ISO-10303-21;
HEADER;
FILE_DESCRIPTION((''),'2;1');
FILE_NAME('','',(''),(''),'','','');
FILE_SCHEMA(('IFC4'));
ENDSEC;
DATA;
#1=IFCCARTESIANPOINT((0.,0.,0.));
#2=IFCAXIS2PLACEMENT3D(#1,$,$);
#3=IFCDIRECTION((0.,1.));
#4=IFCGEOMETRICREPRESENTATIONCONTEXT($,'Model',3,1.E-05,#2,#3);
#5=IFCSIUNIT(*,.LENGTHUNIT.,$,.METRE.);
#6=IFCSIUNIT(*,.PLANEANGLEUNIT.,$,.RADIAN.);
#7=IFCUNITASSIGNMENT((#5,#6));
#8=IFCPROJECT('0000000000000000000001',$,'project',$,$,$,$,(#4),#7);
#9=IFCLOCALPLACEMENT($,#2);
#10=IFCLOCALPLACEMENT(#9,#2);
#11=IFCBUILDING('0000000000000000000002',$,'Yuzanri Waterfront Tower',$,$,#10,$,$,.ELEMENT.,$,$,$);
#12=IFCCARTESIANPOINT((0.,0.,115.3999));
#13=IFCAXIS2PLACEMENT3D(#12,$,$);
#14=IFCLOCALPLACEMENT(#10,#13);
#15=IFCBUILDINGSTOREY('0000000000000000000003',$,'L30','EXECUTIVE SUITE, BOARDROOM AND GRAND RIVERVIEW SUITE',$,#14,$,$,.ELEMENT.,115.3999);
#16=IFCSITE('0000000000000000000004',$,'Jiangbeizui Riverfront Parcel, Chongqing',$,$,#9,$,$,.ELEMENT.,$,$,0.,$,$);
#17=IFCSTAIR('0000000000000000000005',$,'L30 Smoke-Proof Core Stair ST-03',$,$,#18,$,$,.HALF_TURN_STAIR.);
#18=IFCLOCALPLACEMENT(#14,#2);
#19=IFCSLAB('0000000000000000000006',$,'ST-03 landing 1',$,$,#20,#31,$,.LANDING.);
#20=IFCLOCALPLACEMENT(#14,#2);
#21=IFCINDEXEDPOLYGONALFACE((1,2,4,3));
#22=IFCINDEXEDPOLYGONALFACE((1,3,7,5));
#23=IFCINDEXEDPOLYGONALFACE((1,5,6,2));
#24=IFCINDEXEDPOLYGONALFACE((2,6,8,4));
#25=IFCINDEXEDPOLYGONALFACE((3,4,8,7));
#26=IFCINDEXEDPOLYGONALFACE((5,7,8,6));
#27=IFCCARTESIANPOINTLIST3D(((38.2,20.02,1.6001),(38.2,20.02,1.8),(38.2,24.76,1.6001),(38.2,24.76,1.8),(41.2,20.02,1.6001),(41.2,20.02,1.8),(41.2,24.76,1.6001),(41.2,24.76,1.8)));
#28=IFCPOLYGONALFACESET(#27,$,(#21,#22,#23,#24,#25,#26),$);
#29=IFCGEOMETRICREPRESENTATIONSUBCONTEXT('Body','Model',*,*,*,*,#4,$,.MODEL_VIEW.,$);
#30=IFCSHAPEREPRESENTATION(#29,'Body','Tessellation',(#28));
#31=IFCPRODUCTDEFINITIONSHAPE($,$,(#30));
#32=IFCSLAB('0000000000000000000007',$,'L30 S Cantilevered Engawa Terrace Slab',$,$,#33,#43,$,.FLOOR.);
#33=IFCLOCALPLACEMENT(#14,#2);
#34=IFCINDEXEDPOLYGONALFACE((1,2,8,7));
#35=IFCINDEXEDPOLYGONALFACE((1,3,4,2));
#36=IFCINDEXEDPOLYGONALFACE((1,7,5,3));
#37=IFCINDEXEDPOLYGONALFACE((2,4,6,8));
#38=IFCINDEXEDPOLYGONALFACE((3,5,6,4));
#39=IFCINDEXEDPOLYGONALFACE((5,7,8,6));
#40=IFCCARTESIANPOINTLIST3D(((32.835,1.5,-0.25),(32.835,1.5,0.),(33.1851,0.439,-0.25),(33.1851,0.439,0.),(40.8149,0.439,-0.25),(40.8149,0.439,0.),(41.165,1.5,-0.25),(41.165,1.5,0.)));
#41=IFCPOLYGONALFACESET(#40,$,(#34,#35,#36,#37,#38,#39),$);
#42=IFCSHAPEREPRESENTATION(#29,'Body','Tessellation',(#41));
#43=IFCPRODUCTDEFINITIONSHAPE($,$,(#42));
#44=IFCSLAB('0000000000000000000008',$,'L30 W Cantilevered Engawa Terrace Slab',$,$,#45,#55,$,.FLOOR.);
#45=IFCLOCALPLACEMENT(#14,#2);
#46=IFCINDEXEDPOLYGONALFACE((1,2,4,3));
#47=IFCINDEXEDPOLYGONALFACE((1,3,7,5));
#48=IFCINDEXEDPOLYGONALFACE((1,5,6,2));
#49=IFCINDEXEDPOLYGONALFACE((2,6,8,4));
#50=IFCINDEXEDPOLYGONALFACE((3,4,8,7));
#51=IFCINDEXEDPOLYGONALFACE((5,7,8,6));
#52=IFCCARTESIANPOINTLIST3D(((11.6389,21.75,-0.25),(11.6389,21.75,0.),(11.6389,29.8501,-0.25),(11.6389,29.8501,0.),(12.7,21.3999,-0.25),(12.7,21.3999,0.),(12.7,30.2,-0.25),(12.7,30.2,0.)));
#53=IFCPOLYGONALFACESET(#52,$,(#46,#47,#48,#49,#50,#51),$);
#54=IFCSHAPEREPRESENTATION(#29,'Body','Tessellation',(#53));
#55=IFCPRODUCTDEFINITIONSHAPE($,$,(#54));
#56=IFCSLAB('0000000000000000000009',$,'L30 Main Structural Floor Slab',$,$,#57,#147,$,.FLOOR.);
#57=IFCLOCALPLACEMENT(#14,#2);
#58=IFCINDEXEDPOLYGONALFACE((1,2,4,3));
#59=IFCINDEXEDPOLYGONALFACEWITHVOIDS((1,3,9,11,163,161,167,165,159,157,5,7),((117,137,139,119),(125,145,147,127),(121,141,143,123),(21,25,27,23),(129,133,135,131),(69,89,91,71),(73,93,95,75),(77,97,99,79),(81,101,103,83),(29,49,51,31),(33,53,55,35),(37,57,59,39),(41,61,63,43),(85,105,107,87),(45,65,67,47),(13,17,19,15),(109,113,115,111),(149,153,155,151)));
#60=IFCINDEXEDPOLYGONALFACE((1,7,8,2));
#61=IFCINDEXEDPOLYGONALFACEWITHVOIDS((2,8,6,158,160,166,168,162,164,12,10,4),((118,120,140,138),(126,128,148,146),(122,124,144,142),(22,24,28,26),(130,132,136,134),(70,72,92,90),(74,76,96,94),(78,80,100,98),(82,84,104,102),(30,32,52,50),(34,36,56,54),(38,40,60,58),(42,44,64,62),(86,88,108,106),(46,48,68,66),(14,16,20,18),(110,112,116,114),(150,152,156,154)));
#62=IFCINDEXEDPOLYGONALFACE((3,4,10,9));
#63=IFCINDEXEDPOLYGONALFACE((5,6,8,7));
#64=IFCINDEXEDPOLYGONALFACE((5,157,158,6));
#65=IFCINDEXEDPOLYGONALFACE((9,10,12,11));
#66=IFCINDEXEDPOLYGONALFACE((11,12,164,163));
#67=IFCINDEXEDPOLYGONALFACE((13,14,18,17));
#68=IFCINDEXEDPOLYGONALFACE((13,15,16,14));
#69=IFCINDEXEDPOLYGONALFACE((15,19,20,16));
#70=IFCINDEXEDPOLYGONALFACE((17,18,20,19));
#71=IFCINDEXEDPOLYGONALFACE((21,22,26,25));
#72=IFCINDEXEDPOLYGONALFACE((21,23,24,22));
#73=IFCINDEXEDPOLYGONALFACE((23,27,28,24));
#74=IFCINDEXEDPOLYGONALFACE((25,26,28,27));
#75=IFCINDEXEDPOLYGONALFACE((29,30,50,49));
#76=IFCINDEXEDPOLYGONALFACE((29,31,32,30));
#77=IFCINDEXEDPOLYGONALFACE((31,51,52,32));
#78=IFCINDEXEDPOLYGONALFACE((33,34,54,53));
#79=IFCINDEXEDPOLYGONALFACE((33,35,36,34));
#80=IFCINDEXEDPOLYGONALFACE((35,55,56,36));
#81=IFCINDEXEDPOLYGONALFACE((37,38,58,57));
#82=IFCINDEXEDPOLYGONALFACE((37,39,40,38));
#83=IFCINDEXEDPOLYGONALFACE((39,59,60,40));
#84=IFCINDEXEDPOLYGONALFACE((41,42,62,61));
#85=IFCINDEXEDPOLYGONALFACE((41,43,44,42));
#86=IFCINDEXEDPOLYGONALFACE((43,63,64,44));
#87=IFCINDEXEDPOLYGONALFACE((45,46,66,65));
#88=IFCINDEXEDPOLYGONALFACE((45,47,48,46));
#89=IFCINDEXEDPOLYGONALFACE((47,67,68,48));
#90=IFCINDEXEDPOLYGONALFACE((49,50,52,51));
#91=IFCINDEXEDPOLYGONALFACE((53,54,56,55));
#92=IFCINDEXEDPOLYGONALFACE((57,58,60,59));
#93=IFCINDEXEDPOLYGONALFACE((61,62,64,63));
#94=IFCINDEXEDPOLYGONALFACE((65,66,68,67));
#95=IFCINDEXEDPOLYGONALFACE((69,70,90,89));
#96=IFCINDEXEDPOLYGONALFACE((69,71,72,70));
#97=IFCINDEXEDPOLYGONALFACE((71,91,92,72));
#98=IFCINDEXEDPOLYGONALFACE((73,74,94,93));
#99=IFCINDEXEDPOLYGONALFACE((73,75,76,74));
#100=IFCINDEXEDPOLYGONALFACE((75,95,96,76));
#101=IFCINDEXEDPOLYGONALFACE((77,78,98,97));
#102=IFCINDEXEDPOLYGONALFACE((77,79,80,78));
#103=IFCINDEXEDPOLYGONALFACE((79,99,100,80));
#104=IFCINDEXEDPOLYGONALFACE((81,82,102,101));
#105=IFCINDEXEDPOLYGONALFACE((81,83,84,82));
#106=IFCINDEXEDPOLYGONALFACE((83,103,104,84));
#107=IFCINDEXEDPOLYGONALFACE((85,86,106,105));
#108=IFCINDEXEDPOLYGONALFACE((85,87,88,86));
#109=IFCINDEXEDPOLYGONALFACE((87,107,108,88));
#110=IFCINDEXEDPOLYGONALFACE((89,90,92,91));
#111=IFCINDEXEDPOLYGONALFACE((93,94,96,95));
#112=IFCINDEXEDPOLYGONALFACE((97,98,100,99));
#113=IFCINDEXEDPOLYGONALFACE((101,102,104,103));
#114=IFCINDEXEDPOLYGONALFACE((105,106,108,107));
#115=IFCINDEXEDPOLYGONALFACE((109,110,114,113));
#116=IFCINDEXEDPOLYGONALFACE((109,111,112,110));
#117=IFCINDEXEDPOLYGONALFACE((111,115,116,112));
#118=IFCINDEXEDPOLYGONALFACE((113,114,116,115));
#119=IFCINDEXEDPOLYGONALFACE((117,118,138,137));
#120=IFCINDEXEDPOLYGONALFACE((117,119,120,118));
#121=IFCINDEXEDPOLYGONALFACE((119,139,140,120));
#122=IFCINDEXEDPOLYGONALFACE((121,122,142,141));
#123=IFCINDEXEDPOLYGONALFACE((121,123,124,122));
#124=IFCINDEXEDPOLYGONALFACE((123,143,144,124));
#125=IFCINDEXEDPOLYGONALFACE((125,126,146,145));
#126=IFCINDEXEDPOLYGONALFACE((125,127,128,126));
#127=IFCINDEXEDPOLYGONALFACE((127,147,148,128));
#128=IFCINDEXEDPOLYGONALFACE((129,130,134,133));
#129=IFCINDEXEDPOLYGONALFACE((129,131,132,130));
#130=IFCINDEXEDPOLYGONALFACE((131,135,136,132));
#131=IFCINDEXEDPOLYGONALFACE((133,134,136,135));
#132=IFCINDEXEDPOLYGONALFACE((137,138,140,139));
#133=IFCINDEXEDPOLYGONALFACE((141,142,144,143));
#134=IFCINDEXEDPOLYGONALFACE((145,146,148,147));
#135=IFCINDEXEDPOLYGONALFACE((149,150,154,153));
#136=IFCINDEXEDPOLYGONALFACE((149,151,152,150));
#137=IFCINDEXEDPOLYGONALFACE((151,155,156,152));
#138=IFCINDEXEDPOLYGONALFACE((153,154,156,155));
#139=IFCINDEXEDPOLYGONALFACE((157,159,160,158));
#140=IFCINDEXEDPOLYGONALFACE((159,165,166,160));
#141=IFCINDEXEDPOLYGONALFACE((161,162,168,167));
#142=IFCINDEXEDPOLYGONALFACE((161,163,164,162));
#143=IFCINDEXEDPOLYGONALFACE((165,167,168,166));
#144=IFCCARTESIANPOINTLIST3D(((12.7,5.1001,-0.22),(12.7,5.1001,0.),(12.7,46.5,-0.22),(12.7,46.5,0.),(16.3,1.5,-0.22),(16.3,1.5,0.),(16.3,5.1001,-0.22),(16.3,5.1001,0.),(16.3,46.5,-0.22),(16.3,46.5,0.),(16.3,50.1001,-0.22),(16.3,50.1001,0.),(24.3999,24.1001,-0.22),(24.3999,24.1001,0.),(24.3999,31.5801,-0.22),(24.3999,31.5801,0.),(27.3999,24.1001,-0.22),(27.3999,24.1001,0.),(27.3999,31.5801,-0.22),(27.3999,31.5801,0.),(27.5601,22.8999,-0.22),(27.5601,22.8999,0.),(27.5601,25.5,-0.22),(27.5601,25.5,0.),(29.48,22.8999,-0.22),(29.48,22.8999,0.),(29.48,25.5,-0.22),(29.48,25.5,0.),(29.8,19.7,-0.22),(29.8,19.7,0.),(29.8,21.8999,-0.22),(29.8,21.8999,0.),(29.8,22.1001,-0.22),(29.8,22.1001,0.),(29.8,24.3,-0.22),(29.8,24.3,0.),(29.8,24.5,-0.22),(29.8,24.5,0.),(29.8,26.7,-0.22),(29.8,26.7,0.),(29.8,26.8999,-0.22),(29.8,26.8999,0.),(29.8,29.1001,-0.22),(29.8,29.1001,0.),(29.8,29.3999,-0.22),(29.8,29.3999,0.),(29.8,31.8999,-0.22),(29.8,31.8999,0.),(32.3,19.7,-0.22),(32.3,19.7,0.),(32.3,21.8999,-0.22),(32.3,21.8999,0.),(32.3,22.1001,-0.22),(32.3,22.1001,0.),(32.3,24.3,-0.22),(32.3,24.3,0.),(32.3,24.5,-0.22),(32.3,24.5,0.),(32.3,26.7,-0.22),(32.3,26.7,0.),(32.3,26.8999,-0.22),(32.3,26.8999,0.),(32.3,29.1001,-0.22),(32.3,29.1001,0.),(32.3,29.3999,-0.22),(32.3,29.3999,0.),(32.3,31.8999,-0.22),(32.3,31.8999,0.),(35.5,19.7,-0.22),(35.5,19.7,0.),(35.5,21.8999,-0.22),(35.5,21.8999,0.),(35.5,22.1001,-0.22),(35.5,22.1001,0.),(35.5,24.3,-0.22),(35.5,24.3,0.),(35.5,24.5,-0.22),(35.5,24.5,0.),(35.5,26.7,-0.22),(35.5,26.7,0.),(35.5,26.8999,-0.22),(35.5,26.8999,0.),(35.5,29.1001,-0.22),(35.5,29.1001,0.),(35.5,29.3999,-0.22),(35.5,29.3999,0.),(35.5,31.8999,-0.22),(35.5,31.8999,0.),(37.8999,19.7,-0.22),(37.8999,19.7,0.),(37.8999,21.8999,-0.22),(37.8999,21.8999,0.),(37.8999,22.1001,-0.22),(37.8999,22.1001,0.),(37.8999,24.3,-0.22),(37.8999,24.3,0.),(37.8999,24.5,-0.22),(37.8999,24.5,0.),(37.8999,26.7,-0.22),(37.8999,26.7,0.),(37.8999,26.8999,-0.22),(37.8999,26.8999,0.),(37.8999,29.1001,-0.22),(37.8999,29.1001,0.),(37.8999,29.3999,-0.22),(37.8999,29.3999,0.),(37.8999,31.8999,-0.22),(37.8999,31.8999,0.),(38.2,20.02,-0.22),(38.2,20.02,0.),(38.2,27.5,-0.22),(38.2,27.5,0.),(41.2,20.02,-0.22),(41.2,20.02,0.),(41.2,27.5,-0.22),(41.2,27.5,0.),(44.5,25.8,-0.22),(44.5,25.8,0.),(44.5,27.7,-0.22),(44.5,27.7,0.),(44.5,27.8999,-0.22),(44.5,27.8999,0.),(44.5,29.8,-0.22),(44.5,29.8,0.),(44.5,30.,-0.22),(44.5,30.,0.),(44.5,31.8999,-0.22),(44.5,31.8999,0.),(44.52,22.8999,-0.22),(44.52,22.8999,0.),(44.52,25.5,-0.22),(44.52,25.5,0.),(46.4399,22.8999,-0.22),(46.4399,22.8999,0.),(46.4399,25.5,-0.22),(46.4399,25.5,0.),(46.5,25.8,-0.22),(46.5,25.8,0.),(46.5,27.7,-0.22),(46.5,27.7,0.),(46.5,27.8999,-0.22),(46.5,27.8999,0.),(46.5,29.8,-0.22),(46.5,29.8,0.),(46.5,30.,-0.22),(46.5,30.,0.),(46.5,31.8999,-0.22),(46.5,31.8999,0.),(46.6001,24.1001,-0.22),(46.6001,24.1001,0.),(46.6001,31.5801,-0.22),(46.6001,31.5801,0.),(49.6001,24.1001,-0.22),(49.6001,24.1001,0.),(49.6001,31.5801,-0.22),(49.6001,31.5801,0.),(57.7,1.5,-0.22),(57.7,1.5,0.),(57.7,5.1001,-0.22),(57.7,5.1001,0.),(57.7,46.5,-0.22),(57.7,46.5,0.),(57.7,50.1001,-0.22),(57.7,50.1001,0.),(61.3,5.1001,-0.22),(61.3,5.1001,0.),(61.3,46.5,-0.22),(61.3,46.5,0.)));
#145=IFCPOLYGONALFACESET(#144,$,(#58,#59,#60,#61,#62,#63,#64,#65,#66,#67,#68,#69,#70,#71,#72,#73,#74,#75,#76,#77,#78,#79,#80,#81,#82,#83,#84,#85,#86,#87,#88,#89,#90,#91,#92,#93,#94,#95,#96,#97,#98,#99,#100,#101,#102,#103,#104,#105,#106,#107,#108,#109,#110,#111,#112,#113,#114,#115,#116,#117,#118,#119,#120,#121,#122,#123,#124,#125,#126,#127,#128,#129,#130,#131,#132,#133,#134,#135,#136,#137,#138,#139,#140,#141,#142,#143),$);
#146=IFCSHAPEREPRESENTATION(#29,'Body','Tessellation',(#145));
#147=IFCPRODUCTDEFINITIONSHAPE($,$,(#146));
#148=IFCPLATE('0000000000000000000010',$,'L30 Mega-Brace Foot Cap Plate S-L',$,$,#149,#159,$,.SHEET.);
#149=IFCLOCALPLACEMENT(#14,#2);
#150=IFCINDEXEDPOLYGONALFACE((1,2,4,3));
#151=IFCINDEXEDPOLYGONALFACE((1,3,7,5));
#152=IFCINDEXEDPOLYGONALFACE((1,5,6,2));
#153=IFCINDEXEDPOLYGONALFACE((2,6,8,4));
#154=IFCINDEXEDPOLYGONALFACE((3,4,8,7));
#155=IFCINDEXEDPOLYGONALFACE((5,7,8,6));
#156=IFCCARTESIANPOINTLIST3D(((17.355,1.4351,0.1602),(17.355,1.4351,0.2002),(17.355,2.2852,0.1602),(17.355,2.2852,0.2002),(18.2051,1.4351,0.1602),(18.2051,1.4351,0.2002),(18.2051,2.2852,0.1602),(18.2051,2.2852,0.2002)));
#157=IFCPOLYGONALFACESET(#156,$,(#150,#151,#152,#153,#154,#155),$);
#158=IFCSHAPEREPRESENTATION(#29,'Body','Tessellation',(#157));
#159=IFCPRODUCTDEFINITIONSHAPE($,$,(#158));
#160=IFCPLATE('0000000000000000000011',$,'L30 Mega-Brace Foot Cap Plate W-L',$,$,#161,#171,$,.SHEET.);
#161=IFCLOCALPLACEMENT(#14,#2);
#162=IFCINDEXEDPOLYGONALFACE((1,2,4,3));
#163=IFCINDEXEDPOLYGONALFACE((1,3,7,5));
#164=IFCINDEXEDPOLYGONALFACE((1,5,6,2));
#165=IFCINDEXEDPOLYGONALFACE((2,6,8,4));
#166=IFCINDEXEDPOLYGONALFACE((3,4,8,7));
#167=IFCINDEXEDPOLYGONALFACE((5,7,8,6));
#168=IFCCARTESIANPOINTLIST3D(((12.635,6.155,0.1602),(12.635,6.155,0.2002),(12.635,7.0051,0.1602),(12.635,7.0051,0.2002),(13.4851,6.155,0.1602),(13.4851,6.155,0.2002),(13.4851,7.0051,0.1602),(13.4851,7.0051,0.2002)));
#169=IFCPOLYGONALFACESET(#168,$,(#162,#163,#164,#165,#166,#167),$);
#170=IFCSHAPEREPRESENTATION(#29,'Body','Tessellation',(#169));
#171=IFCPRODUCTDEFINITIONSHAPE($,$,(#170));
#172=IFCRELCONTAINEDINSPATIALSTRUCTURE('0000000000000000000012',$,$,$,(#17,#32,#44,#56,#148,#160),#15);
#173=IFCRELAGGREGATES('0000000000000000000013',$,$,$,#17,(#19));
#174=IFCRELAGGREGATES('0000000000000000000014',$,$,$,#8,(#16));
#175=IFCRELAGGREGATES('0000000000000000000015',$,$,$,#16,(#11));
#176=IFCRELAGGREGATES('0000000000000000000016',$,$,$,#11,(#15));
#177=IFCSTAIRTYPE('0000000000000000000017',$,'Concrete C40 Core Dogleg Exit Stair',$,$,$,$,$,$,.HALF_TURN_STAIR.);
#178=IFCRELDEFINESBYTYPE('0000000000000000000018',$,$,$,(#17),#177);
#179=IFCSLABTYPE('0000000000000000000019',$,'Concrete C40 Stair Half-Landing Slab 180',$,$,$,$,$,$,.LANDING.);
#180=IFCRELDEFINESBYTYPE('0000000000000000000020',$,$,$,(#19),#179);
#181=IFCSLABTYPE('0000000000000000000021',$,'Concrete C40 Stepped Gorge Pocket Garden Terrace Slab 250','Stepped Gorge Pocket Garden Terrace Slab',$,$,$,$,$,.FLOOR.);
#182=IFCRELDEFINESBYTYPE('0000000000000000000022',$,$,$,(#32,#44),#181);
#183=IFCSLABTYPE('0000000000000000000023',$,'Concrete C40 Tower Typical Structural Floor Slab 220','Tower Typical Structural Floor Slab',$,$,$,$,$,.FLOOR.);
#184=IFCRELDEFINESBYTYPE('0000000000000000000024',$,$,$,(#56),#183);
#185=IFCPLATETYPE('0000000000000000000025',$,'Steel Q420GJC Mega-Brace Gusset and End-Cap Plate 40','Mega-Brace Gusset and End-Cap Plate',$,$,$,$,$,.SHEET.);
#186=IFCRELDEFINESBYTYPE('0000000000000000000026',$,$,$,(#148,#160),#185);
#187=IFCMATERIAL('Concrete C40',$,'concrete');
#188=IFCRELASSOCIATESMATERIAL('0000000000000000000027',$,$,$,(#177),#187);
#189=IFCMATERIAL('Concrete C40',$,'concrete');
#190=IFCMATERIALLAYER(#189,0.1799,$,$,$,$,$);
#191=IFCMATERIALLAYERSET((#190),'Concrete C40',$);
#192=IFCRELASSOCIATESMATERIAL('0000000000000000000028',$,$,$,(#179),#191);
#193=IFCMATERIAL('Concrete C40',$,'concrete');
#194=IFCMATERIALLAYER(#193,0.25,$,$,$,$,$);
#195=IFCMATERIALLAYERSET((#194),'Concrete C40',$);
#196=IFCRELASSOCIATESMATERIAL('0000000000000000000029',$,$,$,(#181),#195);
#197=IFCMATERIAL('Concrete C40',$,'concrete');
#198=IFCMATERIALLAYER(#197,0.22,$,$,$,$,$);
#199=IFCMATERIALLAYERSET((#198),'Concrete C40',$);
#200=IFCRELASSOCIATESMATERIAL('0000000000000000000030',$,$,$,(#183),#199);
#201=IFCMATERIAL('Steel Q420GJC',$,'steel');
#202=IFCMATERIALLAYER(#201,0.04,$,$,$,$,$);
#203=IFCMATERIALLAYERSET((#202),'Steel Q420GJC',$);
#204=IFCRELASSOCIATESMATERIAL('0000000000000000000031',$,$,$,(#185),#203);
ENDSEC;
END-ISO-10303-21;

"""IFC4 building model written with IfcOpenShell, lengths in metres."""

from ifc_helpers import new_model, si_unit, direction, frame, origin, origin_2d, place, context, subcontext, project, spatial, polyline, rectangle, outline, extrude, source, transform, mapped, material, layer, layer_set, type_object, element, aggregate, save


model = new_model("IFC4")

# Units and contexts
model_context = context("Model", 3, precision=1e-05, world=origin(), true_north=direction((0.0, 1.0)))
body_context = subcontext(model_context, "Body", "Model", "MODEL_VIEW")
ifc_project = project(units=[si_unit("LENGTHUNIT", "METRE"), si_unit("PLANEANGLEUNIT", "RADIAN")], contexts=[model_context])

# Site, building, storey
site_placement = place(None, origin())
site = spatial("IfcSite", under=ifc_project, at=site_placement, Name="Jiangbeizui Riverfront Parcel, Chongqing", CompositionType="ELEMENT", RefElevation=0.0)
building_placement = place(site_placement, origin())
building = spatial("IfcBuilding", under=site, at=building_placement, Name="Yuzanri Waterfront Tower", CompositionType="ELEMENT")
storey_placement = place(building_placement, frame((0.0, 0.0, 115.3999)))
storey = spatial("IfcBuildingStorey", under=building, at=storey_placement, Name="L30", Description="EXECUTIVE SUITE, BOARDROOM AND GRAND RIVERVIEW SUITE", CompositionType="ELEMENT", Elevation=115.3999)

# Stair, slab
ifc_material_1 = material(Name="Concrete C40", Category="concrete")
stair_type = type_object("IfcStairType", Name="Concrete C40 Core Dogleg Exit Stair", PredefinedType="HALF_TURN_STAIR", material=ifc_material_1)
ifc_material_2 = material(Name="Concrete C40", Category="concrete")
ifc_layer_1 = layer(ifc_material_2, 0.1799)
ifc_layer_set_1 = layer_set([ifc_layer_1], Name="Concrete C40")
slab_type_1 = type_object("IfcSlabType", Name="Concrete C40 Stair Half-Landing Slab 180", PredefinedType="LANDING", material=ifc_layer_set_1)
stair_1_placement = place(storey_placement, origin())
stair_1 = element("IfcStair", 1, at=stair_1_placement, inside=storey, type_object=stair_type, Name="L30 Smoke-Proof Core Stair ST-03", PredefinedType="HALF_TURN_STAIR")
slab_1_placement = place(storey_placement, frame((0.0, 0.0, 1.6001)))
slab_1 = element("IfcSlab", 2, at=slab_1_placement, type_object=slab_type_1, Name="ST-03 landing 1", PredefinedType="LANDING", context=body_context, shape_type="SweptSolid", body=[
    extrude(outline(polyline([(38.2, 24.76), (38.2, 20.02), (41.2, 20.02), (41.2, 24.76), (38.2, 24.76)])), origin(), (0.0, 0.0, 1.0), 0.2),
])
aggregate(stair_1, [slab_1])

# Slabs
ifc_material_3 = material(Name="Concrete C40", Category="concrete")
ifc_layer_2 = layer(ifc_material_3, 0.25)
ifc_layer_set_2 = layer_set([ifc_layer_2], Name="Concrete C40")
slab_type_2 = type_object("IfcSlabType", Name="Concrete C40 Stepped Gorge Pocket Garden Terrace Slab 250", Description="Stepped Gorge Pocket Garden Terrace Slab", PredefinedType="FLOOR", material=ifc_layer_set_2)
slab_2_placement = place(storey_placement, frame((0.0, 0.0, -0.25)))
element("IfcSlab", 3, at=slab_2_placement, inside=storey, type_object=slab_type_2, Name="L30 S Cantilevered Engawa Terrace Slab", PredefinedType="FLOOR", context=body_context, shape_type="SweptSolid", body=[
    extrude(outline(polyline([(32.835, 1.5), (41.165, 1.5), (40.8149, 0.439), (33.1851, 0.439), (32.835, 1.5)])), origin(), (0.0, 0.0, 1.0), 0.25),
])
slab_3_placement = place(storey_placement, frame((0.0, 0.0, -0.25)))
element("IfcSlab", 4, at=slab_3_placement, inside=storey, type_object=slab_type_2, Name="L30 W Cantilevered Engawa Terrace Slab", PredefinedType="FLOOR", context=body_context, shape_type="SweptSolid", body=[
    extrude(outline(polyline([(12.7, 21.3999), (11.6389, 21.75), (11.6389, 29.8501), (12.7, 30.2), (12.7, 21.3999)])), origin(), (0.0, 0.0, 1.0), 0.25),
])
ifc_material_4 = material(Name="Concrete C40", Category="concrete")
ifc_layer_3 = layer(ifc_material_4, 0.22)
ifc_layer_set_3 = layer_set([ifc_layer_3], Name="Concrete C40")
slab_type_3 = type_object("IfcSlabType", Name="Concrete C40 Tower Typical Structural Floor Slab 220", Description="Tower Typical Structural Floor Slab", PredefinedType="FLOOR", material=ifc_layer_set_3)
slab_4_placement = place(storey_placement, frame((0.0, 0.0, -0.22)))
element("IfcSlab", 5, at=slab_4_placement, inside=storey, type_object=slab_type_3, Name="L30 Main Structural Floor Slab", PredefinedType="FLOOR", context=body_context, shape_type="SweptSolid", body=[
    extrude(outline(polyline([(16.3, 1.5), (57.7, 1.5), (57.7, 5.1001), (61.3, 5.1001), (61.3, 46.5), (57.7, 46.5), (57.7, 50.1001), (16.3, 50.1001), (16.3, 46.5), (12.7, 46.5), (12.7, 5.1001), (16.3, 5.1001), (16.3, 1.5)]), holes=[polyline([(27.3999, 24.1001), (27.3999, 31.5801), (24.3999, 31.5801), (24.3999, 24.1001), (27.3999, 24.1001)]), polyline([(49.6001, 24.1001), (49.6001, 31.5801), (46.6001, 31.5801), (46.6001, 24.1001), (49.6001, 24.1001)]), polyline([(38.2, 27.5), (38.2, 20.02), (41.2, 20.02), (41.2, 27.5), (38.2, 27.5)]), polyline([(27.5601, 22.8999), (29.48, 22.8999), (29.48, 25.5), (27.5601, 25.5), (27.5601, 22.8999)]), polyline([(44.52, 22.8999), (46.4399, 22.8999), (46.4399, 25.5), (44.52, 25.5), (44.52, 22.8999)]), polyline([(29.8, 19.7), (32.3, 19.7), (32.3, 21.8999), (29.8, 21.8999), (29.8, 19.7)]), polyline([(29.8, 22.1001), (32.3, 22.1001), (32.3, 24.3), (29.8, 24.3), (29.8, 22.1001)]), polyline([(29.8, 24.5), (32.3, 24.5), (32.3, 26.7), (29.8, 26.7), (29.8, 24.5)]), polyline([(29.8, 26.8999), (32.3, 26.8999), (32.3, 29.1001), (29.8, 29.1001), (29.8, 26.8999)]), polyline([(29.8, 29.3999), (32.3, 29.3999), (32.3, 31.8999), (29.8, 31.8999), (29.8, 29.3999)]), polyline([(35.5, 19.7), (37.8999, 19.7), (37.8999, 21.8999), (35.5, 21.8999), (35.5, 19.7)]), polyline([(35.5, 22.1001), (37.8999, 22.1001), (37.8999, 24.3), (35.5, 24.3), (35.5, 22.1001)]), polyline([(35.5, 24.5), (37.8999, 24.5), (37.8999, 26.7), (35.5, 26.7), (35.5, 24.5)]), polyline([(35.5, 26.8999), (37.8999, 26.8999), (37.8999, 29.1001), (35.5, 29.1001), (35.5, 26.8999)]), polyline([(35.5, 29.3999), (37.8999, 29.3999), (37.8999, 31.8999), (35.5, 31.8999), (35.5, 29.3999)]), polyline([(44.5, 25.8), (46.5, 25.8), (46.5, 27.7), (44.5, 27.7), (44.5, 25.8)]), polyline([(44.5, 27.8999), (46.5, 27.8999), (46.5, 29.8), (44.5, 29.8), (44.5, 27.8999)]), polyline([(44.5, 30.0), (46.5, 30.0), (46.5, 31.8999), (44.5, 31.8999), (44.5, 30.0)])]), origin(), (0.0, 0.0, 1.0), 0.22),
])

# Plates
ifc_material_5 = material(Name="Steel Q420GJC", Category="steel")
ifc_layer_4 = layer(ifc_material_5, 0.04)
ifc_layer_set_4 = layer_set([ifc_layer_4], Name="Steel Q420GJC")
plate_type = type_object("IfcPlateType", Name="Steel Q420GJC Mega-Brace Gusset and End-Cap Plate 40", Description="Mega-Brace Gusset and End-Cap Plate", PredefinedType="SHEET", material=ifc_layer_set_4)
shared_shape_1 = source(origin(), body_context, "Body", "SweptSolid", [
    extrude(rectangle(XDim=0.8501, YDim=0.8501, at=origin_2d()), origin(), (0.0, 0.0, 1.0), 0.04),
])
for number, where, z_axis, x_axis, name in (
    (6, (17.78, 1.8601, 0.1602), (0.0, 0.0, 1.0), (1.0, 0.0, 0.0), "L30 Mega-Brace Foot Cap Plate S-L"),
    (7, (13.0601, 6.5801, 0.1602), (0.0, 0.0, 1.0), (1.0, 0.0, 0.0), "L30 Mega-Brace Foot Cap Plate W-L"),
):
    element("IfcPlate", number, at=place(storey_placement, frame(where, z_axis=z_axis, x_axis=x_axis)), inside=storey, type_object=plate_type, Name=name, PredefinedType="SHEET", context=body_context, shape_type="MappedRepresentation", body=[
        mapped(shared_shape_1, transform((0.0, 0.0, 0.0), scale=1.0)),
    ])

save(model, "model.ifc")
